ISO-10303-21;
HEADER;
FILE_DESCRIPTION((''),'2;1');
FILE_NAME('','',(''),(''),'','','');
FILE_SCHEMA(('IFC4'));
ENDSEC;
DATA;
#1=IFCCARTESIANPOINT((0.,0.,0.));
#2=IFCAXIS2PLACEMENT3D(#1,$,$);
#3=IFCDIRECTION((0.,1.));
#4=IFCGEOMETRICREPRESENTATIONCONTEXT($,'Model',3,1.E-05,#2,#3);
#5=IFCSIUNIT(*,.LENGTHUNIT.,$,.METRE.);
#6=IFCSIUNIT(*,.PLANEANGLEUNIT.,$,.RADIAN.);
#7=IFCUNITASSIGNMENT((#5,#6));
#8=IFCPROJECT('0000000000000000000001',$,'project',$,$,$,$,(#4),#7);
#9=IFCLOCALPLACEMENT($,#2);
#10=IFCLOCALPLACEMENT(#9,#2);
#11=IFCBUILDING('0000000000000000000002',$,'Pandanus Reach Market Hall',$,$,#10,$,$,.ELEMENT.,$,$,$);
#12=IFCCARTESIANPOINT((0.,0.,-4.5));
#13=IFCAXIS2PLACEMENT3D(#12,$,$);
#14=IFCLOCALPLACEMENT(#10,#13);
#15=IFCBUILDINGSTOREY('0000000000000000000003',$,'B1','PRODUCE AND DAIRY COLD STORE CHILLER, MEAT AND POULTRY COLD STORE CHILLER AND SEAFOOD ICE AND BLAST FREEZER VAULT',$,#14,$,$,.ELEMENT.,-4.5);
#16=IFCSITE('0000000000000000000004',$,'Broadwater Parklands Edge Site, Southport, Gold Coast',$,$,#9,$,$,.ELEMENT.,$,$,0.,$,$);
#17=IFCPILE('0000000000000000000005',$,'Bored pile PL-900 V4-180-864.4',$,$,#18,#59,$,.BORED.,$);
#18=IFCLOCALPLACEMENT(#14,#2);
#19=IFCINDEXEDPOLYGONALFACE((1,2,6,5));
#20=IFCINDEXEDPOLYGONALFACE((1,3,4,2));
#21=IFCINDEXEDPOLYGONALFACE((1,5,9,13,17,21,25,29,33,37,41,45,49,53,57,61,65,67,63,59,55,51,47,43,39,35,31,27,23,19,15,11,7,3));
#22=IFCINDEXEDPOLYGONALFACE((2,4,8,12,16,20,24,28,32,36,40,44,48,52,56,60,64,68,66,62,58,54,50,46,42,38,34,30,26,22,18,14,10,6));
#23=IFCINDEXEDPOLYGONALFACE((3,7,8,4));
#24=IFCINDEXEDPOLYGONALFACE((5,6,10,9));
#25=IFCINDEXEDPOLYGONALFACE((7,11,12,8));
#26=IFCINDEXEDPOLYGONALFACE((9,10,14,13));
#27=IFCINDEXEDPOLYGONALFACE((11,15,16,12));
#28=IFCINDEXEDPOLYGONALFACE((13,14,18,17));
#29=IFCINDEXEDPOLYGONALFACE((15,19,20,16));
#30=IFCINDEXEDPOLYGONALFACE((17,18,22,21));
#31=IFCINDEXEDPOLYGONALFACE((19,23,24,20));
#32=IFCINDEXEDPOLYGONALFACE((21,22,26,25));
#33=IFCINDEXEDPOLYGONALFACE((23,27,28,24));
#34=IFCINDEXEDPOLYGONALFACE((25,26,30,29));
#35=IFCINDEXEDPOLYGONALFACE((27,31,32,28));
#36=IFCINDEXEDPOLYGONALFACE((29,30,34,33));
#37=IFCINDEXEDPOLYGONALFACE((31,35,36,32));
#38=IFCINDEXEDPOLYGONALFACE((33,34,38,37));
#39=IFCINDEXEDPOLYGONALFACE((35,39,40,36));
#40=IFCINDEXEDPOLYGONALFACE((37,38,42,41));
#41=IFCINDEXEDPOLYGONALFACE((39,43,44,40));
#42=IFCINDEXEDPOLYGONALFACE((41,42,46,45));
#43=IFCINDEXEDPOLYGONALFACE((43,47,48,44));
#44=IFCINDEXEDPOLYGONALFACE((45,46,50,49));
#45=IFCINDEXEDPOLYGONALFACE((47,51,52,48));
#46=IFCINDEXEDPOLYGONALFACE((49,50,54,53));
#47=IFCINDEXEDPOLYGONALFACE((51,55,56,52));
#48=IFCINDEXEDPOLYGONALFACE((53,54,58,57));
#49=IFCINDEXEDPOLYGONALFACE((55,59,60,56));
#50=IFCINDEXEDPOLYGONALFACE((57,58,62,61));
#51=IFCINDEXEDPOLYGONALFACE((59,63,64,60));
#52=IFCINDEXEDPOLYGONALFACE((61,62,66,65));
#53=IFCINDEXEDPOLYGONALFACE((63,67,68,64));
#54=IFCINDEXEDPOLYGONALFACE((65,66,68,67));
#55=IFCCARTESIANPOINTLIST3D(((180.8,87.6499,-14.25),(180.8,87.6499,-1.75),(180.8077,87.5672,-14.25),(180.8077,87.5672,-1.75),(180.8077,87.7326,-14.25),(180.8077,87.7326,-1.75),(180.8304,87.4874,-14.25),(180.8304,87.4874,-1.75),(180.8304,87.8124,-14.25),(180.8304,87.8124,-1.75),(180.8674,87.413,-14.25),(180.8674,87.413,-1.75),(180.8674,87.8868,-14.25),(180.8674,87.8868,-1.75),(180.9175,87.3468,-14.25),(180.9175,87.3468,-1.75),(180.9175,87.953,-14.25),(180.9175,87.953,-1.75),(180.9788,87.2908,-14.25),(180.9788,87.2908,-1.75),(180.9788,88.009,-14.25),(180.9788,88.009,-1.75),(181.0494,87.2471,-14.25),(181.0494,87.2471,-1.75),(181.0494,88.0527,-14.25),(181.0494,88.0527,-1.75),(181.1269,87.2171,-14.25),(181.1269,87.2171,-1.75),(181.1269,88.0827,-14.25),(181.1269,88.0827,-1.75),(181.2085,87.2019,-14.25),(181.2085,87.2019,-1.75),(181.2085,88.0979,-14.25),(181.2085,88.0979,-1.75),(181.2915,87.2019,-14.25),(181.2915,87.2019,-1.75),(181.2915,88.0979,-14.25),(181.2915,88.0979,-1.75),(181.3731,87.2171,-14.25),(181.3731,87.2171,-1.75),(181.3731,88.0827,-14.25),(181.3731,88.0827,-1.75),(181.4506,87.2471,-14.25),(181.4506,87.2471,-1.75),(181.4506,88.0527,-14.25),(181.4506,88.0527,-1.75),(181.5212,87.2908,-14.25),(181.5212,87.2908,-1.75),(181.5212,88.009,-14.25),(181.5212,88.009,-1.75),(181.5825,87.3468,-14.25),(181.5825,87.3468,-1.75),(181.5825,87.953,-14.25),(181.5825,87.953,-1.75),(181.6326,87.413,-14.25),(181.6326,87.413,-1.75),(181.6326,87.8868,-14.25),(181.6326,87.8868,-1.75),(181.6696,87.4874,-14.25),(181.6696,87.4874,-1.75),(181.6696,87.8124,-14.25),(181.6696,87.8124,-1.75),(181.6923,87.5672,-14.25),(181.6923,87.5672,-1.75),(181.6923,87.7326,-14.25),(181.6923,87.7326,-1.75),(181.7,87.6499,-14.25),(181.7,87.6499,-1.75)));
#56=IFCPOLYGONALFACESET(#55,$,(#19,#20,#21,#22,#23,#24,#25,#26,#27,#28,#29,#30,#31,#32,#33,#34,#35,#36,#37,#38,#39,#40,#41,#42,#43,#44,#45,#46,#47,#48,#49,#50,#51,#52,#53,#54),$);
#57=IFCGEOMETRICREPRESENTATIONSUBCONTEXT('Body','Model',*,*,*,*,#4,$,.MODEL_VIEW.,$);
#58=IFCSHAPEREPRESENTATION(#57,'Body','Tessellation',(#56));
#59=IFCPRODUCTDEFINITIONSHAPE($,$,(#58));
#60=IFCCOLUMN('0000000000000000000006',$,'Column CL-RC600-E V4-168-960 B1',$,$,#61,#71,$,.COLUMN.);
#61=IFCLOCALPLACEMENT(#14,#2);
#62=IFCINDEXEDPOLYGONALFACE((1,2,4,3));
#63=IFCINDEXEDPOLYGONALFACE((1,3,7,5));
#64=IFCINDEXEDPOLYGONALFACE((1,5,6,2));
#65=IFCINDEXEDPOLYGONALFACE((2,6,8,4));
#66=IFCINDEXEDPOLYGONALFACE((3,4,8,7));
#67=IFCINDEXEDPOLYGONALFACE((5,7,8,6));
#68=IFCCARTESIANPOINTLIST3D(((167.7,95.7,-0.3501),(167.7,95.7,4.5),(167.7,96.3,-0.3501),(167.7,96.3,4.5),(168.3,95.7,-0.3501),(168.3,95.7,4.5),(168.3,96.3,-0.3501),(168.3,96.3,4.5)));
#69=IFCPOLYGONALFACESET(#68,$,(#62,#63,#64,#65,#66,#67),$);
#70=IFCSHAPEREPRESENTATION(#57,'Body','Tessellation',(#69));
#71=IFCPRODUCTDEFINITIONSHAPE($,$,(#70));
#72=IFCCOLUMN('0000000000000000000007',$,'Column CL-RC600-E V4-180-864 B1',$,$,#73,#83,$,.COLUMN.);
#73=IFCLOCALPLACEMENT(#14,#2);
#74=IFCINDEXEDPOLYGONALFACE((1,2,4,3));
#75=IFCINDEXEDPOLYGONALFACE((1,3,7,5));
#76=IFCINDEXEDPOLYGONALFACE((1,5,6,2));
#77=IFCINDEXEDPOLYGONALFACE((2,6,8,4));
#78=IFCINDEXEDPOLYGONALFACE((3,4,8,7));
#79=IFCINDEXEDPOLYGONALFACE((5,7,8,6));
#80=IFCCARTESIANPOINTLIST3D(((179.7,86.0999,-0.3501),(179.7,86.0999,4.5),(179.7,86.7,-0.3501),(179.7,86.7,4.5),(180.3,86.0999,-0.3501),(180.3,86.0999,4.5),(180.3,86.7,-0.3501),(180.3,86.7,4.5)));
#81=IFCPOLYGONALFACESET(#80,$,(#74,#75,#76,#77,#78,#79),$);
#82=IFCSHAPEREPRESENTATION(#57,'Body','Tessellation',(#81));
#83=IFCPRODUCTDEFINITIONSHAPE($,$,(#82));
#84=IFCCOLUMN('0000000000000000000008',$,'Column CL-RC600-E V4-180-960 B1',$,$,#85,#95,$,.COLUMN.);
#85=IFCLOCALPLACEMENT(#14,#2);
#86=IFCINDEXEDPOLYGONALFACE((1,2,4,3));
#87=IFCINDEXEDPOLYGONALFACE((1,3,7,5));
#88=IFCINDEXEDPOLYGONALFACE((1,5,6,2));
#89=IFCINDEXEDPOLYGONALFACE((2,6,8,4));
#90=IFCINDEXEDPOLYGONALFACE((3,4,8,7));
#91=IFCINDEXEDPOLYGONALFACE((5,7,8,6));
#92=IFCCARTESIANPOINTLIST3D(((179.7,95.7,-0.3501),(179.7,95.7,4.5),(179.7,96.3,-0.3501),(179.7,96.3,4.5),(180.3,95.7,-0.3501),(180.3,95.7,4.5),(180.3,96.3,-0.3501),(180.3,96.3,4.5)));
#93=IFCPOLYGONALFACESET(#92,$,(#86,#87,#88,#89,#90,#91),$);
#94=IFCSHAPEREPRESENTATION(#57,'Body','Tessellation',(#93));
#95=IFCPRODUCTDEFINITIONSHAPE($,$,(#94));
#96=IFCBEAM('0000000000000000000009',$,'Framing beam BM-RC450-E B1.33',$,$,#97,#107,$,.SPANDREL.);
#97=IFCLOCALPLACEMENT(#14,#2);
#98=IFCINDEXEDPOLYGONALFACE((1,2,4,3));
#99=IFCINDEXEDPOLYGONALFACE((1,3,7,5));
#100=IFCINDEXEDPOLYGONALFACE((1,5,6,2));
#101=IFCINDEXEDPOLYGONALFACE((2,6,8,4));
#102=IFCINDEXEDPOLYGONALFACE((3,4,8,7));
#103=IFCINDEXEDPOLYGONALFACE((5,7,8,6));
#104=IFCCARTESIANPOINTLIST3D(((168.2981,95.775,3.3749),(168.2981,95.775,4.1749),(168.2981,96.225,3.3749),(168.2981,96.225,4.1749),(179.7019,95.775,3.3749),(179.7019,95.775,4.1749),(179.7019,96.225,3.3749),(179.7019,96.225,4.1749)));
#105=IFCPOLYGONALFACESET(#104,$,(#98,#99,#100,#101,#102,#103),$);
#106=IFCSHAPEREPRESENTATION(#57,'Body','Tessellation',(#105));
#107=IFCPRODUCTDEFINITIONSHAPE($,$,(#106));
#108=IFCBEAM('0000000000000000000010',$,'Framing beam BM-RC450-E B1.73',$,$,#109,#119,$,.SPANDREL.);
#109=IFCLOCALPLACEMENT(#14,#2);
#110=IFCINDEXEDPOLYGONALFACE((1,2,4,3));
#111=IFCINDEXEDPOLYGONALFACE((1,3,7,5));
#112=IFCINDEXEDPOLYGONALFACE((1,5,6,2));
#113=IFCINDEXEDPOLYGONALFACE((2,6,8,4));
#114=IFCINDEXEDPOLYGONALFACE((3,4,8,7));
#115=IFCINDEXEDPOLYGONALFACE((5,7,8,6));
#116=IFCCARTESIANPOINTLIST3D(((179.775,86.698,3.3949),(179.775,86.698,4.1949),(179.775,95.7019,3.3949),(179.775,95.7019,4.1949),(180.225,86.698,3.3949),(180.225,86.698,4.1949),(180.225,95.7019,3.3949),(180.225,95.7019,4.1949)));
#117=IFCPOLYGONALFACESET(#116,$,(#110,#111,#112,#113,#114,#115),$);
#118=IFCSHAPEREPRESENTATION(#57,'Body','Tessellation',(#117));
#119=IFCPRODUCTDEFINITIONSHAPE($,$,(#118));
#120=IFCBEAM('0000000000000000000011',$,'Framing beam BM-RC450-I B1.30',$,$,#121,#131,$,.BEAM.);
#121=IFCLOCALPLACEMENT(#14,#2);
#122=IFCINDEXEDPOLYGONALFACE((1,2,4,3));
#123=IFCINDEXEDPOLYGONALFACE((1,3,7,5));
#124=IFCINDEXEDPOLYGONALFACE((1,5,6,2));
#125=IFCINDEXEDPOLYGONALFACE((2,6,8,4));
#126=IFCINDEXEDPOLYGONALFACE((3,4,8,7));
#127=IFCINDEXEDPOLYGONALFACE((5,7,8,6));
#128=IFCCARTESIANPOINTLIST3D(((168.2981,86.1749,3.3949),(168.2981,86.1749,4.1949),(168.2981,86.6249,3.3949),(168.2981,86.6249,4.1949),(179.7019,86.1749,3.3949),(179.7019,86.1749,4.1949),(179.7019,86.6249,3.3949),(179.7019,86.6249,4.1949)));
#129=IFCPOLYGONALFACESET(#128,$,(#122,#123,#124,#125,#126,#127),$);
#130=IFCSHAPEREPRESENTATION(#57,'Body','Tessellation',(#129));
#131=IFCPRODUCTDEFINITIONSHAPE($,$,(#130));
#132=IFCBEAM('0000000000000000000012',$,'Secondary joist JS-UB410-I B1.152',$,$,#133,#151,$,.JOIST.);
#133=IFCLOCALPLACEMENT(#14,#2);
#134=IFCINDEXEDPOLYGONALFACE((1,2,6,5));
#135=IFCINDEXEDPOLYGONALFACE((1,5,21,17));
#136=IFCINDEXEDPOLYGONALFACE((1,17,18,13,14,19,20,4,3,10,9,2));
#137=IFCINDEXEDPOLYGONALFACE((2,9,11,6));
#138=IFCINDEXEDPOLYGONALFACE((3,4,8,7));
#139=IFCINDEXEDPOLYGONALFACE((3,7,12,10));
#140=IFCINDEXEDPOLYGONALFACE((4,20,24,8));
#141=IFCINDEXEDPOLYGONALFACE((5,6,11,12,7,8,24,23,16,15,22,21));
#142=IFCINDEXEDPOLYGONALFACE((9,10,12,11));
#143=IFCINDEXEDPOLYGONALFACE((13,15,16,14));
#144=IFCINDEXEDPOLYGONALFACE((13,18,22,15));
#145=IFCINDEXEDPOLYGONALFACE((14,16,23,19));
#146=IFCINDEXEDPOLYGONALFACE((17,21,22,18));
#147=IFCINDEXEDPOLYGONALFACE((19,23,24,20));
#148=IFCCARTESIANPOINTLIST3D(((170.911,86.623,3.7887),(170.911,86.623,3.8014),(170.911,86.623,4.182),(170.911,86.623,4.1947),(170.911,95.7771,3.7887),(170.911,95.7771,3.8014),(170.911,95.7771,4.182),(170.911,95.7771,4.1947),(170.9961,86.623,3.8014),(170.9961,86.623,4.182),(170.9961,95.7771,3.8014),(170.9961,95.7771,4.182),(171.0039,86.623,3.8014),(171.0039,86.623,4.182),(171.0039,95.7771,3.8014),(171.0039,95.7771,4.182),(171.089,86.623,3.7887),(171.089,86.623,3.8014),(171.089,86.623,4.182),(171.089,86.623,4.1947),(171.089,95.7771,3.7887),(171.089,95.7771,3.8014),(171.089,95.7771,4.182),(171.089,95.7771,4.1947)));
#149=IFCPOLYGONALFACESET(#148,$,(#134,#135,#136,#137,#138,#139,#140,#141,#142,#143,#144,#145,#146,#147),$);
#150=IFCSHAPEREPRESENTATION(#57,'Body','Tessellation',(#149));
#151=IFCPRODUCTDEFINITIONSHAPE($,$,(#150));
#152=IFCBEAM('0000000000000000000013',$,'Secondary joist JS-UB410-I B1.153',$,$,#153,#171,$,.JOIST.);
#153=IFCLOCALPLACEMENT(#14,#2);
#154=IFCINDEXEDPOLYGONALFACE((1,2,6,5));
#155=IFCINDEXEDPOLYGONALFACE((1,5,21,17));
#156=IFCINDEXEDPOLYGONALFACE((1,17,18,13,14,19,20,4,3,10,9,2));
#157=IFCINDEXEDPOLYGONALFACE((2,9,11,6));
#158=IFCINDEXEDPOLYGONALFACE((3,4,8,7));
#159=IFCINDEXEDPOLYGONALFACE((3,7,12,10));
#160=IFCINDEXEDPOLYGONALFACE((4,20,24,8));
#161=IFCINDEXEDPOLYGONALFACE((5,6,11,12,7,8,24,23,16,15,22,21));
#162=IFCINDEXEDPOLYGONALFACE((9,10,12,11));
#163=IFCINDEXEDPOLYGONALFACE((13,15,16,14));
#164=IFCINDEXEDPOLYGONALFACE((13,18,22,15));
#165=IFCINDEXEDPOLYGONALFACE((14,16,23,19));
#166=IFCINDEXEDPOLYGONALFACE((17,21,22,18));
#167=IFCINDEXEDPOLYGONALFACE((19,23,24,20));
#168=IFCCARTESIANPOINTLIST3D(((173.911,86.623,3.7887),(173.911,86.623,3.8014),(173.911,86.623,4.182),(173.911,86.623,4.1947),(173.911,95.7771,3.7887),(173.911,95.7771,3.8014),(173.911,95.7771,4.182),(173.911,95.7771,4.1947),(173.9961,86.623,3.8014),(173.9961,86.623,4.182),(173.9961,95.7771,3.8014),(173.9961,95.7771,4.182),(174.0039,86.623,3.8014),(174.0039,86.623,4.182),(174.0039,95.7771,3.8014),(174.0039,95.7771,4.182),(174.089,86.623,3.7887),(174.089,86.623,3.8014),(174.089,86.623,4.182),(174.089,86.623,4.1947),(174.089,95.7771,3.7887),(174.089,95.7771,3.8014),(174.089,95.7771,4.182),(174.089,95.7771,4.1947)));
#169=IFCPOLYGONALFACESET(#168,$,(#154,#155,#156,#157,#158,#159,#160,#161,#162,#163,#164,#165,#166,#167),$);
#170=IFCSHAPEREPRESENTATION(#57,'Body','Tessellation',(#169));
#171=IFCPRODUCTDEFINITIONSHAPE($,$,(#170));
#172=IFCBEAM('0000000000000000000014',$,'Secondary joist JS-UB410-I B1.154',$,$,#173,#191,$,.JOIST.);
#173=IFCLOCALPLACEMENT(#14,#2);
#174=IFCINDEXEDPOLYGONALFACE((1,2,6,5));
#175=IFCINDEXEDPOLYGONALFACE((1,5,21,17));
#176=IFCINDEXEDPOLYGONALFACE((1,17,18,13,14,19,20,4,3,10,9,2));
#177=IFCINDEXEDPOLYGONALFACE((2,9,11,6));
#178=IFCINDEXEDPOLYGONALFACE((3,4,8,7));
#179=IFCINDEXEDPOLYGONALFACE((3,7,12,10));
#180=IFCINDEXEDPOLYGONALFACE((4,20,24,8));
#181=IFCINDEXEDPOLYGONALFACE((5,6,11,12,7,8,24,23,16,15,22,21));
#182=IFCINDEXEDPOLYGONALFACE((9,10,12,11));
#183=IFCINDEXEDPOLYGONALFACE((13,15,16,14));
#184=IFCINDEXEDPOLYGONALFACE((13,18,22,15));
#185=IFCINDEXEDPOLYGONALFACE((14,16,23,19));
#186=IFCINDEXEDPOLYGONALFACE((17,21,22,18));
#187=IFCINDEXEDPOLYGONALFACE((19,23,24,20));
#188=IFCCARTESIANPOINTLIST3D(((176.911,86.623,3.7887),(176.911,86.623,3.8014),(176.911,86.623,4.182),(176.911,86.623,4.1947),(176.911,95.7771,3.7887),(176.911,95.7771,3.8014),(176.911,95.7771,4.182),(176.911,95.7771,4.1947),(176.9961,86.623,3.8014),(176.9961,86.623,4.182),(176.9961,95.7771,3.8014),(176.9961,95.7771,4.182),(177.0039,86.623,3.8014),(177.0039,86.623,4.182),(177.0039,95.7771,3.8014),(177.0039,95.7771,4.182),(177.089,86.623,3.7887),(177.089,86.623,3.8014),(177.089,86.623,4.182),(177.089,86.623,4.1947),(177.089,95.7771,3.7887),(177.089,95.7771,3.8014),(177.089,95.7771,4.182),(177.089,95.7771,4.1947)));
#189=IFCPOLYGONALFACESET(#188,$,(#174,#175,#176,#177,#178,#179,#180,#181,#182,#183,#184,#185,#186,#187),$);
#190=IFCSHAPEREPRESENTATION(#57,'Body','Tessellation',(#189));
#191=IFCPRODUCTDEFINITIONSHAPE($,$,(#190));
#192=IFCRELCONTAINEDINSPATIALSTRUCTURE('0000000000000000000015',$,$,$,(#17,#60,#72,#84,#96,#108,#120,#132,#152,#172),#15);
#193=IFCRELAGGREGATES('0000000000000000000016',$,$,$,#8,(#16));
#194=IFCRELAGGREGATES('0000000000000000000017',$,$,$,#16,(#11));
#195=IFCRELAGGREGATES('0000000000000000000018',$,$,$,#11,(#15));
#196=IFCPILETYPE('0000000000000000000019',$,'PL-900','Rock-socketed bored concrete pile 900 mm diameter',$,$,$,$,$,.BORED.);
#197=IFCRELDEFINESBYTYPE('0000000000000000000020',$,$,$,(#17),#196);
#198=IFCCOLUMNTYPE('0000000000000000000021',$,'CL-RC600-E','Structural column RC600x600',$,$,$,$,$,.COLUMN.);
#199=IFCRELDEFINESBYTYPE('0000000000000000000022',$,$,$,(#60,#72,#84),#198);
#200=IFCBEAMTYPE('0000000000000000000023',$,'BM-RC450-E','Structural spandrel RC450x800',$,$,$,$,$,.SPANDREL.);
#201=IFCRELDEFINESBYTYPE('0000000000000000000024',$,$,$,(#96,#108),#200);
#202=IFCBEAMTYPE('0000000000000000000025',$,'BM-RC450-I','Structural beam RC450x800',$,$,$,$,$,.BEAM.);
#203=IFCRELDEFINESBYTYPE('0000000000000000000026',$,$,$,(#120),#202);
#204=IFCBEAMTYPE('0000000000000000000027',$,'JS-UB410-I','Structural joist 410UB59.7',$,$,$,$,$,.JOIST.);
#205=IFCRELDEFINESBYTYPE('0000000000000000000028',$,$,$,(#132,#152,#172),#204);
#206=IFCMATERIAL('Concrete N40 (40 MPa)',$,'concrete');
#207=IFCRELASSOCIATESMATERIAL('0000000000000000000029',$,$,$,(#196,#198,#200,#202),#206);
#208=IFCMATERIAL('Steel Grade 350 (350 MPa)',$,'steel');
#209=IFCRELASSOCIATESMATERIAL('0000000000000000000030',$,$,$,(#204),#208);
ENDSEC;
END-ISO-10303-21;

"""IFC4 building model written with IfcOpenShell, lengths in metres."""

from ifc_helpers import new_model, si_unit, direction, frame, origin, origin_2d, place, context, subcontext, project, spatial, rectangle, circle, i_section, extrude, material, material_profile, profile_set, type_object, element, save


model = new_model("IFC4")

# Units and contexts
model_context = context("Model", 3, precision=1e-05, world=origin(), true_north=direction((0.0, 1.0)))
body_context = subcontext(model_context, "Body", "Model", "MODEL_VIEW")
ifc_project = project(units=[si_unit("LENGTHUNIT", "METRE"), si_unit("PLANEANGLEUNIT", "RADIAN")], contexts=[model_context])

# Site, building, storey
site_placement = place(None, origin())
site = spatial("IfcSite", under=ifc_project, at=site_placement, Name="Broadwater Parklands Edge Site, Southport, Gold Coast", CompositionType="ELEMENT", RefElevation=0.0)
building_placement = place(site_placement, origin())
building = spatial("IfcBuilding", under=site, at=building_placement, Name="Pandanus Reach Market Hall", CompositionType="ELEMENT")
storey_placement = place(building_placement, frame((0.0, 0.0, -4.5)))
storey = spatial("IfcBuildingStorey", under=building, at=storey_placement, Name="B1", Description="PRODUCE AND DAIRY COLD STORE CHILLER, MEAT AND POULTRY COLD STORE CHILLER AND SEAFOOD ICE AND BLAST FREEZER VAULT", CompositionType="ELEMENT", Elevation=-4.5)

# Shared definitions
ifc_material_1 = material(Name="Concrete N40 (40 MPa)", Category="concrete")

# Pile
ifc_material_profile_1 = material_profile(ifc_material_1, circle(Radius=0.45, at=origin_2d()), Name="PILE-900D", Category="LoadBearing")
ifc_profile_set_1 = profile_set([ifc_material_profile_1], Name="Concrete N40 (40 MPa)")
pile_type_1 = type_object("IfcPileType", Name="PL-900", Description="Rock-socketed bored concrete pile 900 mm diameter", PredefinedType="BORED", material=ifc_profile_set_1)
for number, where, z_axis, x_axis, name in (
    (1, (181.25, 87.6499, -1.75), (0.0, 0.0, -1.0), (1.0, 0.0, 0.0), "Bored pile PL-900 V4-180-864.4"),
):
    element("IfcPile", number, at=place(storey_placement, frame(where, z_axis=z_axis, x_axis=x_axis)), inside=storey, type_object=pile_type_1, Name=name, PredefinedType="BORED", context=body_context, shape_type="SweptSolid", body=[
        extrude(circle(Radius=0.45, at=origin_2d()), origin(), (0.0, 0.0, 1.0), 12.5),
    ])

# Columns
ifc_material_profile_2 = material_profile(ifc_material_1, rectangle(XDim=0.6001, YDim=0.6001, at=origin_2d()), Name="RC600x600", Category="LoadBearing")
ifc_profile_set_2 = profile_set([ifc_material_profile_2], Name="Concrete N40 (40 MPa)")
column_type = type_object("IfcColumnType", Name="CL-RC600-E", Description="Structural column RC600x600", PredefinedType="COLUMN", material=ifc_profile_set_2)
for number, where, z_axis, x_axis, name in (
    (2, (168.0, 96.0, -0.3501), (0.0, 0.0, 1.0), (1.0, 0.0, 0.0), "Column CL-RC600-E V4-168-960 B1"),
    (3, (180.0, 86.3999, -0.3501), (0.0, 0.0, 1.0), (1.0, 0.0, 0.0), "Column CL-RC600-E V4-180-864 B1"),
    (4, (180.0, 96.0, -0.3501), (0.0, 0.0, 1.0), (1.0, 0.0, 0.0), "Column CL-RC600-E V4-180-960 B1"),
):
    element("IfcColumn", number, at=place(storey_placement, frame(where, z_axis=z_axis, x_axis=x_axis)), inside=storey, type_object=column_type, Name=name, PredefinedType="COLUMN", context=body_context, shape_type="SweptSolid", body=[
        extrude(rectangle(XDim=0.6001, YDim=0.6001, at=origin_2d()), origin(), (0.0, 0.0, 1.0), 4.8501),
    ])

# Beams
ifc_material_profile_3 = material_profile(ifc_material_1, rectangle(XDim=0.45, YDim=0.8, at=origin_2d()), Name="RC450x800", Category="LoadBearing")
ifc_profile_set_3 = profile_set([ifc_material_profile_3], Name="Concrete N40 (40 MPa)")
beam_type_1 = type_object("IfcBeamType", Name="BM-RC450-E", Description="Structural spandrel RC450x800", PredefinedType="SPANDREL", material=ifc_profile_set_3)
beam_1_placement = place(storey_placement, frame((168.2981, 96.0, 3.7749), z_axis=(1.0, 0.0, 0.0), x_axis=(0.0, 1.0, 0.0)))
element("IfcBeam", 5, at=beam_1_placement, inside=storey, type_object=beam_type_1, Name="Framing beam BM-RC450-E B1.33", PredefinedType="SPANDREL", context=body_context, shape_type="SweptSolid", body=[
    extrude(rectangle(XDim=0.45, YDim=0.8, at=origin_2d()), origin(), (0.0, 0.0, 1.0), 11.4038),
])
beam_2_placement = place(storey_placement, frame((180.0, 86.698, 3.7949), z_axis=(0.0, 1.0, 0.0), x_axis=(-1.0, 0.0, 0.0)))
element("IfcBeam", 6, at=beam_2_placement, inside=storey, type_object=beam_type_1, Name="Framing beam BM-RC450-E B1.73", PredefinedType="SPANDREL", context=body_context, shape_type="SweptSolid", body=[
    extrude(rectangle(XDim=0.45, YDim=0.8, at=origin_2d()), origin(), (0.0, 0.0, 1.0), 9.0039),
])
ifc_material_profile_4 = material_profile(ifc_material_1, rectangle(XDim=0.45, YDim=0.8, at=origin_2d()), Name="RC450x800", Category="LoadBearing")
ifc_profile_set_4 = profile_set([ifc_material_profile_4], Name="Concrete N40 (40 MPa)")
beam_type_2 = type_object("IfcBeamType", Name="BM-RC450-I", Description="Structural beam RC450x800", PredefinedType="BEAM", material=ifc_profile_set_4)
beam_3_placement = place(storey_placement, frame((168.2981, 86.3999, 3.7949), z_axis=(1.0, 0.0, 0.0), x_axis=(0.0, 1.0, 0.0)))
element("IfcBeam", 7, at=beam_3_placement, inside=storey, type_object=beam_type_2, Name="Framing beam BM-RC450-I B1.30", PredefinedType="BEAM", context=body_context, shape_type="SweptSolid", body=[
    extrude(rectangle(XDim=0.45, YDim=0.8, at=origin_2d()), origin(), (0.0, 0.0, 1.0), 11.4038),
])
ifc_material_2 = material(Name="Steel Grade 350 (350 MPa)", Category="steel")
ifc_material_profile_5 = material_profile(ifc_material_2, i_section(OverallWidth=0.178, OverallDepth=0.406, WebThickness=0.0078, FlangeThickness=0.0127, at=origin_2d()), Name="410UB59.7", Category="LoadBearing")
ifc_profile_set_5 = profile_set([ifc_material_profile_5], Name="Steel Grade 350 (350 MPa)")
beam_type_3 = type_object("IfcBeamType", Name="JS-UB410-I", Description="Structural joist 410UB59.7", PredefinedType="JOIST", material=ifc_profile_set_5)
for number, where, z_axis, x_axis, name in (
    (8, (171.0, 86.623, 3.9917), (0.0, 1.0, 0.0), (-1.0, 0.0, 0.0), "Secondary joist JS-UB410-I B1.152"),
    (9, (174.0, 86.623, 3.9917), (0.0, 1.0, 0.0), (-1.0, 0.0, 0.0), "Secondary joist JS-UB410-I B1.153"),
    (10, (177.0, 86.623, 3.9917), (0.0, 1.0, 0.0), (-1.0, 0.0, 0.0), "Secondary joist JS-UB410-I B1.154"),
):
    element("IfcBeam", number, at=place(storey_placement, frame(where, z_axis=z_axis, x_axis=x_axis)), inside=storey, type_object=beam_type_3, Name=name, PredefinedType="JOIST", context=body_context, shape_type="SweptSolid", body=[
        extrude(i_section(OverallWidth=0.178, OverallDepth=0.406, WebThickness=0.0078, FlangeThickness=0.0127, at=origin_2d()), origin(), (0.0, 0.0, 1.0), 9.1541),
    ])

save(model, "model.ifc")
